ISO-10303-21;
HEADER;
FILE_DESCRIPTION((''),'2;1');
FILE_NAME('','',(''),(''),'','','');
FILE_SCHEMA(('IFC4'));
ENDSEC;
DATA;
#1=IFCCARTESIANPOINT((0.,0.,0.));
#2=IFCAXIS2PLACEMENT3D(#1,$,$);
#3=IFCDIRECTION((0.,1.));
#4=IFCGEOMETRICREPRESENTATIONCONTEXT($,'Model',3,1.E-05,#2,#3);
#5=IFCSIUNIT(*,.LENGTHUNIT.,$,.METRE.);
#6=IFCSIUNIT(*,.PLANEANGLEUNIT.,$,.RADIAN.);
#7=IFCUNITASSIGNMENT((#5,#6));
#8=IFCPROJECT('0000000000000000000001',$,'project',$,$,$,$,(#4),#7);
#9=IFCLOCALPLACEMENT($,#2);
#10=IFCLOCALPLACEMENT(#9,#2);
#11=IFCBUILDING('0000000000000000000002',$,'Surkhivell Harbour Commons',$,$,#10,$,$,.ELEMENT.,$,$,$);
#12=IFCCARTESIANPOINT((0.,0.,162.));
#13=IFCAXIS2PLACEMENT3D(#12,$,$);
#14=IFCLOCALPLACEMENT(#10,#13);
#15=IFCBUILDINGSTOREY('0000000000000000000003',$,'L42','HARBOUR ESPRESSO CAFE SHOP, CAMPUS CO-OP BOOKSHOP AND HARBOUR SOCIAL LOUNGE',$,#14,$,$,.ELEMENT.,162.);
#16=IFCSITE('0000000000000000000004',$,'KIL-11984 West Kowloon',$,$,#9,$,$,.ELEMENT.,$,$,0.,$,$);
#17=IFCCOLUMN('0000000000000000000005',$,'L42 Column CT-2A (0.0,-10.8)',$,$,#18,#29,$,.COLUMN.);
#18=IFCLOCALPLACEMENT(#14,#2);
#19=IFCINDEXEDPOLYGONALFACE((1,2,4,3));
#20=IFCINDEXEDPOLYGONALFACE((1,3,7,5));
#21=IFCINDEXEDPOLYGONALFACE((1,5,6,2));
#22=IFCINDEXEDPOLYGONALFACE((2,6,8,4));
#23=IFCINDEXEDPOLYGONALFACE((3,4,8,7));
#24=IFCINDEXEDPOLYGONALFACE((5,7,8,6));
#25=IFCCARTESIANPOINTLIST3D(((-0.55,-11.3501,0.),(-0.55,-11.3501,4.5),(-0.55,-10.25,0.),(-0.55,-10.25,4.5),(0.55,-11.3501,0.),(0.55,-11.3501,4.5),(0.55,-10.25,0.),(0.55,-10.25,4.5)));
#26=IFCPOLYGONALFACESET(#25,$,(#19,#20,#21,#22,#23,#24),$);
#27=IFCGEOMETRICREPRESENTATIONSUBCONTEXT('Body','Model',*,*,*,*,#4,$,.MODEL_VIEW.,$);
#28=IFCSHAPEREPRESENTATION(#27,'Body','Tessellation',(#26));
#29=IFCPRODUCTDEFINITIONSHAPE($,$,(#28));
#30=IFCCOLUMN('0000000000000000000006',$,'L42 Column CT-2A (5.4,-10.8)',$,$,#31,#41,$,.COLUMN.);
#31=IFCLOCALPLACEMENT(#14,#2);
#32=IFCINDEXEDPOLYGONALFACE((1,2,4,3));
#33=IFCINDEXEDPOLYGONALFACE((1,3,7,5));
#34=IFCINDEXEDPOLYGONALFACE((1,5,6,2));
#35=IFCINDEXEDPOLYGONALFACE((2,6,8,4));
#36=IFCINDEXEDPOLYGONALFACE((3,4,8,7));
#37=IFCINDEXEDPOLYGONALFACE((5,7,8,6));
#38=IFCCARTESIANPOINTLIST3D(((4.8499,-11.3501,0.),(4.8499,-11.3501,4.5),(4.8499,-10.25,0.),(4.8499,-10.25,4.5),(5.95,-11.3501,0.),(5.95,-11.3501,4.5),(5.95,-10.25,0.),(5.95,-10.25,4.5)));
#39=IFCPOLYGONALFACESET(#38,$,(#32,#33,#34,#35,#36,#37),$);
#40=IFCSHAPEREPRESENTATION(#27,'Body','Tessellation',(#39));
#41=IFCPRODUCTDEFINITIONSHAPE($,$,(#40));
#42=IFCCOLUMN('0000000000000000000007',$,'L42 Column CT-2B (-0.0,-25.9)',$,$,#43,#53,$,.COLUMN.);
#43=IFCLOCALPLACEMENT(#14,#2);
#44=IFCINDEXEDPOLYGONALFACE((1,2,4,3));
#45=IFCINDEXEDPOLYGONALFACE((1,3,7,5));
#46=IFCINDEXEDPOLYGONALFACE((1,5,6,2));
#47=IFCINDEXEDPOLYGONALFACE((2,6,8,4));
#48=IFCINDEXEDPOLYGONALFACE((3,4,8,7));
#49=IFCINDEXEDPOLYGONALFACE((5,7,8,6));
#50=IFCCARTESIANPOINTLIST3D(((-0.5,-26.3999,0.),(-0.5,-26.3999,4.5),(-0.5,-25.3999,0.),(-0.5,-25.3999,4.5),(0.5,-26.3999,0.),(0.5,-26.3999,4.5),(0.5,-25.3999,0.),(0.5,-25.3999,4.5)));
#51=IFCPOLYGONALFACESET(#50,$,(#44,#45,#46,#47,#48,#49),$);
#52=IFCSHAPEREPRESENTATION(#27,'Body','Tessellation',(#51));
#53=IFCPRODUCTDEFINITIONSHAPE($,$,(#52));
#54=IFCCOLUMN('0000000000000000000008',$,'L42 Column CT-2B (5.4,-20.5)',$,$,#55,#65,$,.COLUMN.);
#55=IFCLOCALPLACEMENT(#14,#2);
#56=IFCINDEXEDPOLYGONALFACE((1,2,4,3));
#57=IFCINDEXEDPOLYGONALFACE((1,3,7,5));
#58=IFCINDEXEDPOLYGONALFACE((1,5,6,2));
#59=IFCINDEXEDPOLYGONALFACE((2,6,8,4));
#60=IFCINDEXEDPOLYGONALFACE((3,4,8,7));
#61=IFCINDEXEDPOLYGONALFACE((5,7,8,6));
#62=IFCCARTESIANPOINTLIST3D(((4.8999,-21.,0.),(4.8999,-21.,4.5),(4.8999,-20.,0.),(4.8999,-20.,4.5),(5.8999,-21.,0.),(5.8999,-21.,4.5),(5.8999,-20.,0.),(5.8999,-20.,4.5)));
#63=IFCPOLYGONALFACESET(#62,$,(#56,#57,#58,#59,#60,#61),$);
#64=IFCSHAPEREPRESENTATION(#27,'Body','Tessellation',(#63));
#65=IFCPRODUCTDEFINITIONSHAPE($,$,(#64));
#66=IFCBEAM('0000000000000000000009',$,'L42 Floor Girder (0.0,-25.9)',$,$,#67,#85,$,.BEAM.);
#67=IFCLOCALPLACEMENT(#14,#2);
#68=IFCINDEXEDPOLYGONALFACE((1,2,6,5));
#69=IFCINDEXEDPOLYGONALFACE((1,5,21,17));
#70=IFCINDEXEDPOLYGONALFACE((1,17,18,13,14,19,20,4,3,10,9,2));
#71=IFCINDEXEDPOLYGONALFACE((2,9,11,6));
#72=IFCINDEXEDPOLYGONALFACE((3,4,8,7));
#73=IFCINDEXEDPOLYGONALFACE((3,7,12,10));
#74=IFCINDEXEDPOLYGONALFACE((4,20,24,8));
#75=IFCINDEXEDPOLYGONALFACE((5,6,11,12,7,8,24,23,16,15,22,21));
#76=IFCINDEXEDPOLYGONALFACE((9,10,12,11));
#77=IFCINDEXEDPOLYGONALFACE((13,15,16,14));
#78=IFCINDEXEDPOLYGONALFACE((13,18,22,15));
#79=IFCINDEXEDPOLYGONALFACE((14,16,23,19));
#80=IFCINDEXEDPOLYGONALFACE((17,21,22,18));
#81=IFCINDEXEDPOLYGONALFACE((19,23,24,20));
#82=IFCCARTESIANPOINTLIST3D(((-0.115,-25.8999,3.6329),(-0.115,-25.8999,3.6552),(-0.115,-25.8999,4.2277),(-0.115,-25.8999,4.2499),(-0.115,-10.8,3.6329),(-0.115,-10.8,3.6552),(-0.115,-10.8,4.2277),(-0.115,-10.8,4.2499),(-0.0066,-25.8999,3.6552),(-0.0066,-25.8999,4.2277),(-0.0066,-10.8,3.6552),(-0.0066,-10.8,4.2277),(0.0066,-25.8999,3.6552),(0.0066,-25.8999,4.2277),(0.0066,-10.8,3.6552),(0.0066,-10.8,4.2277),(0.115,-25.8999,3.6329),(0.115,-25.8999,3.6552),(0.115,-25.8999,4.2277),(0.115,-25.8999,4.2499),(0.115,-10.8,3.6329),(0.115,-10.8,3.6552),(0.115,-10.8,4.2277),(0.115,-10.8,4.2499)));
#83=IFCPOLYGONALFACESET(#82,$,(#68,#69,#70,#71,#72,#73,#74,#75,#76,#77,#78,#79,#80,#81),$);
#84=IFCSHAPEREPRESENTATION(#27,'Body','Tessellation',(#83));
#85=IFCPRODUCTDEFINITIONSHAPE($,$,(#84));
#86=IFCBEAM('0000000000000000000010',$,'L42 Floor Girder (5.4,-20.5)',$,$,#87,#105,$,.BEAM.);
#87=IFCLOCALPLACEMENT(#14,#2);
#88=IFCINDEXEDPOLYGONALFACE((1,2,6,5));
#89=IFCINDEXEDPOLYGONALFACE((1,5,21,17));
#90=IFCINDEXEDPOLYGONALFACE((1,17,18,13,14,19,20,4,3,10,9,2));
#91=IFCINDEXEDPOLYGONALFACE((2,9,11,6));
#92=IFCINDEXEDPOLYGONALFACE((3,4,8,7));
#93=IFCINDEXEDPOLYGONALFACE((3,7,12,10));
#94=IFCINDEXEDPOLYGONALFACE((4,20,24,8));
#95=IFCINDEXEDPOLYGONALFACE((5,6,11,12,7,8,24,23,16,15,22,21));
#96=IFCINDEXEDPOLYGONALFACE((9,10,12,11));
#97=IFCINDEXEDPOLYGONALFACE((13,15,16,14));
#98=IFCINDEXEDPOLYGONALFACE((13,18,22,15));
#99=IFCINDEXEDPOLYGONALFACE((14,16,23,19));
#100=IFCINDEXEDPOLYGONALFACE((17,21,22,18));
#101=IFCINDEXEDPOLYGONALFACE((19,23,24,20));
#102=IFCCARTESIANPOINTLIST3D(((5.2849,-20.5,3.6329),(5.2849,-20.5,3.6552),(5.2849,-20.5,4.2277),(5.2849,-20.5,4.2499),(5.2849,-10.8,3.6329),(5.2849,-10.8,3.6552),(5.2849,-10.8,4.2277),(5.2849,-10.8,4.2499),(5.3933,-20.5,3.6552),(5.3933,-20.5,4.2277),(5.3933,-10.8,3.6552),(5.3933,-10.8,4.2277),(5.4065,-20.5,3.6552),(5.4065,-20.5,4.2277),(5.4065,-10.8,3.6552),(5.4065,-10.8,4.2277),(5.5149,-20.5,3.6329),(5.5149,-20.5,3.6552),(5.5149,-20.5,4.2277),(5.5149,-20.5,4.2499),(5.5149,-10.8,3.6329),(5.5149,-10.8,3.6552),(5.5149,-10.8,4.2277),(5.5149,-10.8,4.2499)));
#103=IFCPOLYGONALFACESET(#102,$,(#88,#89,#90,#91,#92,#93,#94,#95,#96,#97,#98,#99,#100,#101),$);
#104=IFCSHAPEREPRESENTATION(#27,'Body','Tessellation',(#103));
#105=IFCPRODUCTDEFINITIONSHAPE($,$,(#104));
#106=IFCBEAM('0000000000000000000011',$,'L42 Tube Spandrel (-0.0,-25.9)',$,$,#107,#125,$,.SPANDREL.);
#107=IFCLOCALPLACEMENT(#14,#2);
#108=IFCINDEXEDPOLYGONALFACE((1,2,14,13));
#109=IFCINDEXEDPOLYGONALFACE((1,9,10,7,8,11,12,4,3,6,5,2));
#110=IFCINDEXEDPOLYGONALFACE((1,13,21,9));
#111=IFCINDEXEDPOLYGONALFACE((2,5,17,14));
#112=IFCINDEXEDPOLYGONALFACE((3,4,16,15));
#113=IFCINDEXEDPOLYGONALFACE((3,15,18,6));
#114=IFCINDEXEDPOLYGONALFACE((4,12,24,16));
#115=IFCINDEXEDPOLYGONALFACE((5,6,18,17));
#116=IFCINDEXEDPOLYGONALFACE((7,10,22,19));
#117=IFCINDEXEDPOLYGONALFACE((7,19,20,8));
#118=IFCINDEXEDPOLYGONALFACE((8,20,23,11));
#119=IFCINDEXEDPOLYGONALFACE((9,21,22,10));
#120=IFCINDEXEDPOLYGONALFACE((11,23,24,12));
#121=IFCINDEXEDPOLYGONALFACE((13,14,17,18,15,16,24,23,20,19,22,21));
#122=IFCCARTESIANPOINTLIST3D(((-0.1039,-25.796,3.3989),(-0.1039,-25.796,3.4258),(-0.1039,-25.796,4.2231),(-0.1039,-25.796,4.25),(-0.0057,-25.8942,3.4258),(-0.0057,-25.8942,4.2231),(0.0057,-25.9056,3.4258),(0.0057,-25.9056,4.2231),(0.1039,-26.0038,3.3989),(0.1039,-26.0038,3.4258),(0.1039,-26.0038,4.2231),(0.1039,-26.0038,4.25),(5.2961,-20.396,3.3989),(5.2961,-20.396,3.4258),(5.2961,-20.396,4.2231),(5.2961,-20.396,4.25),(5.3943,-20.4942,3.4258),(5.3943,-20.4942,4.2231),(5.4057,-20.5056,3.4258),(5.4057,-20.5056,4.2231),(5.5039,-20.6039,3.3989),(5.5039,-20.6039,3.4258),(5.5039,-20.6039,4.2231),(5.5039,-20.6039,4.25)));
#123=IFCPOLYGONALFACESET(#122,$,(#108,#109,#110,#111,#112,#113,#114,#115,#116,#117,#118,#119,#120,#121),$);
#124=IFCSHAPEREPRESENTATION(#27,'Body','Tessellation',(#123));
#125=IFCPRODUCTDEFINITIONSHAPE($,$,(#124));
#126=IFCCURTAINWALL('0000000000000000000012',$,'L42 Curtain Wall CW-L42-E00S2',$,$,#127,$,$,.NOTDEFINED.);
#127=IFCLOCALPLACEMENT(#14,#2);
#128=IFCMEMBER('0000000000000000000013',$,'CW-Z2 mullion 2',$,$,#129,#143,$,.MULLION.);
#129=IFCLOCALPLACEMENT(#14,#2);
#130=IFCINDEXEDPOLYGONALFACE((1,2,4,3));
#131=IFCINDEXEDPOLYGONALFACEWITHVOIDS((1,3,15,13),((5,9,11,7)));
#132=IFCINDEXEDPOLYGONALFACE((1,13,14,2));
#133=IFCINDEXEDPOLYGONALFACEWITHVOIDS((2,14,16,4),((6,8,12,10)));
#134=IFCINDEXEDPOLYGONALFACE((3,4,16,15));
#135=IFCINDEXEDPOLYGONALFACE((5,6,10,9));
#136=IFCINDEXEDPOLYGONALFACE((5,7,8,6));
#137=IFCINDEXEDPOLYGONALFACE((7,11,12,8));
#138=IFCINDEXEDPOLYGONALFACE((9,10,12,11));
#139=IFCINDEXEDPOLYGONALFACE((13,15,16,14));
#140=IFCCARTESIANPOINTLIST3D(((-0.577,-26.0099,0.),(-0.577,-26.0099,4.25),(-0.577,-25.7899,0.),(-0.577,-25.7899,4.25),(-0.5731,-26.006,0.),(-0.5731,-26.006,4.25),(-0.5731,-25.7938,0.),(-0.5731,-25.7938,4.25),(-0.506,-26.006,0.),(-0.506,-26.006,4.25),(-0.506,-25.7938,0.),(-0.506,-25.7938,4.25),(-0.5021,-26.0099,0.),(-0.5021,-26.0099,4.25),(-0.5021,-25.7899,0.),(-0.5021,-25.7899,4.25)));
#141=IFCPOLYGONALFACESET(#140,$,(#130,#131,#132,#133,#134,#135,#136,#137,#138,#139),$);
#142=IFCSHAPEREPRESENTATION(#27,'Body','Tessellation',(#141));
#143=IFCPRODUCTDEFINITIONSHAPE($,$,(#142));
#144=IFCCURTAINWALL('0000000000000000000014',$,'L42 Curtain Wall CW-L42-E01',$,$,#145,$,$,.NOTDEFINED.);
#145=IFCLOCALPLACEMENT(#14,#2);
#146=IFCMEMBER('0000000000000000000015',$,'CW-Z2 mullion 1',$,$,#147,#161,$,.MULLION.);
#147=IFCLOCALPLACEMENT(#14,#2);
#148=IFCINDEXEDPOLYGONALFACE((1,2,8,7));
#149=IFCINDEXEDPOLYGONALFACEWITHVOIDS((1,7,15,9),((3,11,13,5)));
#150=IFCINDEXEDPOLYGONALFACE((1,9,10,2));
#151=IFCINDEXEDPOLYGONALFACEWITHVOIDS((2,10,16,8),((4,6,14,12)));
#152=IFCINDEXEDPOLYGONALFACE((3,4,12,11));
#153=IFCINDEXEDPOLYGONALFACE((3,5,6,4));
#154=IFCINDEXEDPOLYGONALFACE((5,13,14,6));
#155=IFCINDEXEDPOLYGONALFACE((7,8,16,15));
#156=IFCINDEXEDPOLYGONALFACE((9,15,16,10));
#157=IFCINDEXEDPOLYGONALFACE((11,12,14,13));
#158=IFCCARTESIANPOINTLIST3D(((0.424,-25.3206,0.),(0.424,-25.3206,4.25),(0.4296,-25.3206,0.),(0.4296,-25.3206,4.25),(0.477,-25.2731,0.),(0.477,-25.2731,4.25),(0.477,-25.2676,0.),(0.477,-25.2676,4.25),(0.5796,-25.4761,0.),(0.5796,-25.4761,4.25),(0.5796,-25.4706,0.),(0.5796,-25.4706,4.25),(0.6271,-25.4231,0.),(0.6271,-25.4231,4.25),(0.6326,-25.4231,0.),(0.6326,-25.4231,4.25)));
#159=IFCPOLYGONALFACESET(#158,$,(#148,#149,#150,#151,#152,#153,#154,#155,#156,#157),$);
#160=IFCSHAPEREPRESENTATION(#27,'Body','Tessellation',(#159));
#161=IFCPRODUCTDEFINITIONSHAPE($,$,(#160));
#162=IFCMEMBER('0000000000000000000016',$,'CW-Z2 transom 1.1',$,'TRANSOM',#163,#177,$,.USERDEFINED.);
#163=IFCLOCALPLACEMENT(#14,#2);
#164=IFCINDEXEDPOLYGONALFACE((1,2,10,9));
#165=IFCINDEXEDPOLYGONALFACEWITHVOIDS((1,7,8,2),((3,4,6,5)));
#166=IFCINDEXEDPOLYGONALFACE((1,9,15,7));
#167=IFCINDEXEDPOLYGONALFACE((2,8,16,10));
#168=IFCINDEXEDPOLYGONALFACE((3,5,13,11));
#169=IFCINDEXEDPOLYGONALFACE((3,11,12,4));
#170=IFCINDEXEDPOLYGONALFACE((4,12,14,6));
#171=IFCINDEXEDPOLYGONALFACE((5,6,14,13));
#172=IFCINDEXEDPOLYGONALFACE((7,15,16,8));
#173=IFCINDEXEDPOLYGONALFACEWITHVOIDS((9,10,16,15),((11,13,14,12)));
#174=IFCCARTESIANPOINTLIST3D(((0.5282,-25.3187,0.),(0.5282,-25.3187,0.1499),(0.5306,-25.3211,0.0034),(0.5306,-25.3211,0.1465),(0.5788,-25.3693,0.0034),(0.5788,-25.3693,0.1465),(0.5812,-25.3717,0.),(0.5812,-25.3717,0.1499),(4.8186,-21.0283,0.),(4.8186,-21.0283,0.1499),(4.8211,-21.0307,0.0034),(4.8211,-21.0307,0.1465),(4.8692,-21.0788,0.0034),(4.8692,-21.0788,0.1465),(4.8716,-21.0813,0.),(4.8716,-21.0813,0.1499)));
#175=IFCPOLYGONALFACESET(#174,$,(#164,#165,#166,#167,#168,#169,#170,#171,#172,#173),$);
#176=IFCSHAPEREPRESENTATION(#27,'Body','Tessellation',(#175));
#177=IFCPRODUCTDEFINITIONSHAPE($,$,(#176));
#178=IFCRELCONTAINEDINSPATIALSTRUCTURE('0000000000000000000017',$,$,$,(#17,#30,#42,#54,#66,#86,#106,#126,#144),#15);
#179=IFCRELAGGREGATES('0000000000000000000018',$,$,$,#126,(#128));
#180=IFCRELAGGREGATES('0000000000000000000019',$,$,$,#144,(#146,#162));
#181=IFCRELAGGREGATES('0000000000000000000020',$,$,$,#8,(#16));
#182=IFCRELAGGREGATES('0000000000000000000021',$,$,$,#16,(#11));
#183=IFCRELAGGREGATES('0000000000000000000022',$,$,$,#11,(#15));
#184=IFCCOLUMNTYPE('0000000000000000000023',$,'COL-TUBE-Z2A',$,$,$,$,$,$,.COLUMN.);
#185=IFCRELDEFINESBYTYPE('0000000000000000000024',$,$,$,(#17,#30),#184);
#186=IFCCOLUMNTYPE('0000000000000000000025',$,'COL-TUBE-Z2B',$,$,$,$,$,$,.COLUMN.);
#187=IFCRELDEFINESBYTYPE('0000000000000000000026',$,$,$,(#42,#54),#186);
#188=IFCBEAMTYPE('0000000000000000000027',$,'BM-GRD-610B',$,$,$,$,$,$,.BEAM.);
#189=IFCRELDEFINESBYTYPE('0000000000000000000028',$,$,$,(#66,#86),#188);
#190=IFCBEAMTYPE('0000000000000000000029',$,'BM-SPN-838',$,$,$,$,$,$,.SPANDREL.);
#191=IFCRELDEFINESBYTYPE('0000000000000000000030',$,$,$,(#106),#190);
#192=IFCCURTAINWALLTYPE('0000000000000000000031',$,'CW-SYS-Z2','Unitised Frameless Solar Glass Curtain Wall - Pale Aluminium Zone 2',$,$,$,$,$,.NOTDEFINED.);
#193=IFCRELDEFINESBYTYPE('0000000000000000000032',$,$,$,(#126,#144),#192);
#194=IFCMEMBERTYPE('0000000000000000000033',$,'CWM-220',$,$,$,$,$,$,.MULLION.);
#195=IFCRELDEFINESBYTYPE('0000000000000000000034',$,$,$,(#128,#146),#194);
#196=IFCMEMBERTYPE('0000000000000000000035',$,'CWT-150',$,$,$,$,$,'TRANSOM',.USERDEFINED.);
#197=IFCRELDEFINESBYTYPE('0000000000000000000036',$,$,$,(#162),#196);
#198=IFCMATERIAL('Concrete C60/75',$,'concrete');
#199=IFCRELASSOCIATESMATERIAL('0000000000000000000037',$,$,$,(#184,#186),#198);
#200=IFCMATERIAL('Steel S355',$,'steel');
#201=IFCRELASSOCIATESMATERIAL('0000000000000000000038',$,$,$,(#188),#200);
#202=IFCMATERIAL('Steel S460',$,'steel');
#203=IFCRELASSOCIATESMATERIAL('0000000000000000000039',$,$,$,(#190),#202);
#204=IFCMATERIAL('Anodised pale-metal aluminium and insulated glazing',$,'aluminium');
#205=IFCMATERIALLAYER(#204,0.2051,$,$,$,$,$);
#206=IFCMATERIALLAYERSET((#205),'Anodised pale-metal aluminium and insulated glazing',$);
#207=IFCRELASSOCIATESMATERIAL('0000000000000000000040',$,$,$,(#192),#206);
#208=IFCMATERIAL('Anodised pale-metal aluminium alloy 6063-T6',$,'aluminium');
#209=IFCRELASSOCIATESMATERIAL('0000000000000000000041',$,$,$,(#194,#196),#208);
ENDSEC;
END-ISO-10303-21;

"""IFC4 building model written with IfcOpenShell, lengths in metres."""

from ifc_helpers import new_model, si_unit, direction, frame, origin, origin_2d, place, context, subcontext, project, spatial, rectangle, hollow_rectangle, i_section, extrude, material, layer, layer_set, material_profile, profile_set, type_object, element, aggregate, save


model = new_model("IFC4")

# Units and contexts
model_context = context("Model", 3, precision=1e-05, world=origin(), true_north=direction((0.0, 1.0)))
body_context = subcontext(model_context, "Body", "Model", "MODEL_VIEW")
ifc_project = project(units=[si_unit("LENGTHUNIT", "METRE"), si_unit("PLANEANGLEUNIT", "RADIAN")], contexts=[model_context])

# Site, building, storey
site_placement = place(None, origin())
site = spatial("IfcSite", under=ifc_project, at=site_placement, Name="KIL-11984 West Kowloon", CompositionType="ELEMENT", RefElevation=0.0)
building_placement = place(site_placement, origin())
building = spatial("IfcBuilding", under=site, at=building_placement, Name="Surkhivell Harbour Commons", CompositionType="ELEMENT")
storey_placement = place(building_placement, frame((0.0, 0.0, 162.0)))
storey = spatial("IfcBuildingStorey", under=building, at=storey_placement, Name="L42", Description="HARBOUR ESPRESSO CAFE SHOP, CAMPUS CO-OP BOOKSHOP AND HARBOUR SOCIAL LOUNGE", CompositionType="ELEMENT", Elevation=162.0)

# Columns
ifc_material_1 = material(Name="Concrete C60/75", Category="concrete")
ifc_material_profile_1 = material_profile(ifc_material_1, rectangle(XDim=1.1001, YDim=1.1001, at=origin_2d()), Name="RC-COL-1100x1100")
ifc_profile_set_1 = profile_set([ifc_material_profile_1], Name="Concrete C60/75")
column_type_1 = type_object("IfcColumnType", Name="COL-TUBE-Z2A", PredefinedType="COLUMN", material=ifc_profile_set_1)
for number, where, z_axis, x_axis, name in (
    (1, (0.0, -10.8, 0.0), (0.0, 0.0, 1.0), (1.0, 0.0, 0.0), "L42 Column CT-2A (0.0,-10.8)"),
    (2, (5.3999, -10.8, 0.0), (0.0, 0.0, 1.0), (1.0, 0.0, 0.0), "L42 Column CT-2A (5.4,-10.8)"),
):
    element("IfcColumn", number, at=place(storey_placement, frame(where, z_axis=z_axis, x_axis=x_axis)), inside=storey, type_object=column_type_1, Name=name, PredefinedType="COLUMN", context=body_context, shape_type="SweptSolid", body=[
        extrude(rectangle(XDim=1.1001, YDim=1.1001, at=origin_2d()), origin(), (0.0, 0.0, 1.0), 4.5),
    ])
ifc_material_profile_2 = material_profile(ifc_material_1, rectangle(XDim=1.0, YDim=1.0, at=origin_2d()), Name="RC-COL-1000x1000")
ifc_profile_set_2 = profile_set([ifc_material_profile_2], Name="Concrete C60/75")
column_type_2 = type_object("IfcColumnType", Name="COL-TUBE-Z2B", PredefinedType="COLUMN", material=ifc_profile_set_2)
for number, where, z_axis, x_axis, name in (
    (3, (0.0, -25.8999, 0.0), (0.0, 0.0, 1.0), (1.0, 0.0, 0.0), "L42 Column CT-2B (-0.0,-25.9)"),
    (4, (5.3999, -20.5, 0.0), (0.0, 0.0, 1.0), (1.0, 0.0, 0.0), "L42 Column CT-2B (5.4,-20.5)"),
):
    element("IfcColumn", number, at=place(storey_placement, frame(where, z_axis=z_axis, x_axis=x_axis)), inside=storey, type_object=column_type_2, Name=name, PredefinedType="COLUMN", context=body_context, shape_type="SweptSolid", body=[
        extrude(rectangle(XDim=1.0, YDim=1.0, at=origin_2d()), origin(), (0.0, 0.0, 1.0), 4.5),
    ])

# Beams
ifc_material_2 = material(Name="Steel S355", Category="steel")
ifc_material_profile_3 = material_profile(ifc_material_2, i_section(OverallWidth=0.23, OverallDepth=0.6169, WebThickness=0.0132, FlangeThickness=0.0222, at=origin_2d()), Name="UB610x229x140")
ifc_profile_set_3 = profile_set([ifc_material_profile_3], Name="Steel S355")
beam_type_1 = type_object("IfcBeamType", Name="BM-GRD-610B", PredefinedType="BEAM", material=ifc_profile_set_3)
beam_1_placement = place(storey_placement, frame((0.0, -25.8999, 3.9414), z_axis=(0.0, 1.0, 0.0), x_axis=(-1.0, 0.0, 0.0)))
element("IfcBeam", 5, at=beam_1_placement, inside=storey, type_object=beam_type_1, Name="L42 Floor Girder (0.0,-25.9)", PredefinedType="BEAM", context=body_context, shape_type="SweptSolid", body=[
    extrude(i_section(OverallWidth=0.23, OverallDepth=0.6169, WebThickness=0.0132, FlangeThickness=0.0222, at=origin_2d()), origin(), (0.0, 0.0, 1.0), 15.0999),
])
beam_2_placement = place(storey_placement, frame((5.3999, -20.5, 3.9414), z_axis=(0.0, 1.0, 0.0), x_axis=(-1.0, 0.0, 0.0)))
element("IfcBeam", 6, at=beam_2_placement, inside=storey, type_object=beam_type_1, Name="L42 Floor Girder (5.4,-20.5)", PredefinedType="BEAM", context=body_context, shape_type="SweptSolid", body=[
    extrude(i_section(OverallWidth=0.23, OverallDepth=0.6169, WebThickness=0.0132, FlangeThickness=0.0222, at=origin_2d()), origin(), (0.0, 0.0, 1.0), 9.7),
])
ifc_material_3 = material(Name="Steel S460", Category="steel")
ifc_material_profile_4 = material_profile(ifc_material_3, i_section(OverallWidth=0.2939, OverallDepth=0.8511, WebThickness=0.0161, FlangeThickness=0.0269, at=origin_2d()), Name="UB838x292x226")
ifc_profile_set_4 = profile_set([ifc_material_profile_4], Name="Steel S460")
beam_type_2 = type_object("IfcBeamType", Name="BM-SPN-838", PredefinedType="SPANDREL", material=ifc_profile_set_4)
beam_3_placement = place(storey_placement, frame((0.0, -25.8999, 3.8245), z_axis=(0.707107, 0.707107, 0.0), x_axis=(-0.707107, 0.707107, 0.0)))
element("IfcBeam", 7, at=beam_3_placement, inside=storey, type_object=beam_type_2, Name="L42 Tube Spandrel (-0.0,-25.9)", PredefinedType="SPANDREL", context=body_context, shape_type="SweptSolid", body=[
    extrude(i_section(OverallWidth=0.2939, OverallDepth=0.8511, WebThickness=0.0161, FlangeThickness=0.0269, at=origin_2d()), origin(), (0.0, 0.0, 1.0), 7.6367),
])

# Curtain wall, member
ifc_material_4 = material(Name="Anodised pale-metal aluminium and insulated glazing", Category="aluminium")
ifc_layer_1 = layer(ifc_material_4, 0.2051)
ifc_layer_set_1 = layer_set([ifc_layer_1], Name="Anodised pale-metal aluminium and insulated glazing")
curtain_wall_type = type_object("IfcCurtainWallType", Name="CW-SYS-Z2", Description="Unitised Frameless Solar Glass Curtain Wall - Pale Aluminium Zone 2", PredefinedType="NOTDEFINED", material=ifc_layer_set_1)
curtain_wall_1_placement = place(storey_placement, origin())
curtain_wall_1 = element("IfcCurtainWall", 8, at=curtain_wall_1_placement, inside=storey, type_object=curtain_wall_type, Name="L42 Curtain Wall CW-L42-E00S2", PredefinedType="NOTDEFINED")
ifc_material_5 = material(Name="Anodised pale-metal aluminium alloy 6063-T6", Category="aluminium")
ifc_material_profile_5 = material_profile(ifc_material_5, hollow_rectangle(XDim=0.075, YDim=0.22, WallThickness=0.0039, at=origin_2d()), Name="ALU-MULL-75x220")
ifc_profile_set_5 = profile_set([ifc_material_profile_5], Name="Anodised pale-metal aluminium alloy 6063-T6")
member_type_1 = type_object("IfcMemberType", Name="CWM-220", PredefinedType="MULLION", material=ifc_profile_set_5)
member_1_placement = place(storey_placement, frame((-0.5396, -25.8999, 0.0), z_axis=(0.0, 0.0, 1.0), x_axis=(1.0, 0.0, 0.0)))
member_1 = element("IfcMember", 9, at=member_1_placement, type_object=member_type_1, Name="CW-Z2 mullion 2", PredefinedType="MULLION", context=body_context, shape_type="SweptSolid", body=[
    extrude(hollow_rectangle(XDim=0.075, YDim=0.22, WallThickness=0.0039, at=origin_2d()), origin(), (0.0, 0.0, 1.0), 4.25),
])

# Curtain wall, members
curtain_wall_2_placement = place(storey_placement, origin())
curtain_wall_2 = element("IfcCurtainWall", 10, at=curtain_wall_2_placement, inside=storey, type_object=curtain_wall_type, Name="L42 Curtain Wall CW-L42-E01", PredefinedType="NOTDEFINED")
member_2_placement = place(storey_placement, frame((0.5283, -25.3718, 0.0), z_axis=(0.0, 0.0, 1.0), x_axis=(0.707107, 0.707107, 0.0)))
member_2 = element("IfcMember", 11, at=member_2_placement, type_object=member_type_1, Name="CW-Z2 mullion 1", PredefinedType="MULLION", context=body_context, shape_type="SweptSolid", body=[
    extrude(hollow_rectangle(XDim=0.075, YDim=0.22, WallThickness=0.0039, at=origin_2d()), origin(), (0.0, 0.0, 1.0), 4.25),
])
ifc_material_profile_6 = material_profile(ifc_material_5, hollow_rectangle(XDim=0.075, YDim=0.1499, WallThickness=0.0034, at=origin_2d()), Name="ALU-TRAN-75x150")
ifc_profile_set_6 = profile_set([ifc_material_profile_6], Name="Anodised pale-metal aluminium alloy 6063-T6")
member_type_2 = type_object("IfcMemberType", Name="CWT-150", ElementType="TRANSOM", PredefinedType="USERDEFINED", material=ifc_profile_set_6)
member_3_placement = place(storey_placement, frame((0.5547, -25.3452, 0.075), z_axis=(0.707107, 0.707107, 0.0), x_axis=(-0.707107, 0.707107, 0.0)))
member_3 = element("IfcMember", 12, at=member_3_placement, type_object=member_type_2, Name="CW-Z2 transom 1.1", ObjectType="TRANSOM", PredefinedType="USERDEFINED", context=body_context, shape_type="SweptSolid", body=[
    extrude(hollow_rectangle(XDim=0.075, YDim=0.1499, WallThickness=0.0034, at=origin_2d()), origin(), (0.0, 0.0, 1.0), 6.0676),
])

aggregate(curtain_wall_1, [member_1])
aggregate(curtain_wall_2, [member_2, member_3])

save(model, "model.ifc")
